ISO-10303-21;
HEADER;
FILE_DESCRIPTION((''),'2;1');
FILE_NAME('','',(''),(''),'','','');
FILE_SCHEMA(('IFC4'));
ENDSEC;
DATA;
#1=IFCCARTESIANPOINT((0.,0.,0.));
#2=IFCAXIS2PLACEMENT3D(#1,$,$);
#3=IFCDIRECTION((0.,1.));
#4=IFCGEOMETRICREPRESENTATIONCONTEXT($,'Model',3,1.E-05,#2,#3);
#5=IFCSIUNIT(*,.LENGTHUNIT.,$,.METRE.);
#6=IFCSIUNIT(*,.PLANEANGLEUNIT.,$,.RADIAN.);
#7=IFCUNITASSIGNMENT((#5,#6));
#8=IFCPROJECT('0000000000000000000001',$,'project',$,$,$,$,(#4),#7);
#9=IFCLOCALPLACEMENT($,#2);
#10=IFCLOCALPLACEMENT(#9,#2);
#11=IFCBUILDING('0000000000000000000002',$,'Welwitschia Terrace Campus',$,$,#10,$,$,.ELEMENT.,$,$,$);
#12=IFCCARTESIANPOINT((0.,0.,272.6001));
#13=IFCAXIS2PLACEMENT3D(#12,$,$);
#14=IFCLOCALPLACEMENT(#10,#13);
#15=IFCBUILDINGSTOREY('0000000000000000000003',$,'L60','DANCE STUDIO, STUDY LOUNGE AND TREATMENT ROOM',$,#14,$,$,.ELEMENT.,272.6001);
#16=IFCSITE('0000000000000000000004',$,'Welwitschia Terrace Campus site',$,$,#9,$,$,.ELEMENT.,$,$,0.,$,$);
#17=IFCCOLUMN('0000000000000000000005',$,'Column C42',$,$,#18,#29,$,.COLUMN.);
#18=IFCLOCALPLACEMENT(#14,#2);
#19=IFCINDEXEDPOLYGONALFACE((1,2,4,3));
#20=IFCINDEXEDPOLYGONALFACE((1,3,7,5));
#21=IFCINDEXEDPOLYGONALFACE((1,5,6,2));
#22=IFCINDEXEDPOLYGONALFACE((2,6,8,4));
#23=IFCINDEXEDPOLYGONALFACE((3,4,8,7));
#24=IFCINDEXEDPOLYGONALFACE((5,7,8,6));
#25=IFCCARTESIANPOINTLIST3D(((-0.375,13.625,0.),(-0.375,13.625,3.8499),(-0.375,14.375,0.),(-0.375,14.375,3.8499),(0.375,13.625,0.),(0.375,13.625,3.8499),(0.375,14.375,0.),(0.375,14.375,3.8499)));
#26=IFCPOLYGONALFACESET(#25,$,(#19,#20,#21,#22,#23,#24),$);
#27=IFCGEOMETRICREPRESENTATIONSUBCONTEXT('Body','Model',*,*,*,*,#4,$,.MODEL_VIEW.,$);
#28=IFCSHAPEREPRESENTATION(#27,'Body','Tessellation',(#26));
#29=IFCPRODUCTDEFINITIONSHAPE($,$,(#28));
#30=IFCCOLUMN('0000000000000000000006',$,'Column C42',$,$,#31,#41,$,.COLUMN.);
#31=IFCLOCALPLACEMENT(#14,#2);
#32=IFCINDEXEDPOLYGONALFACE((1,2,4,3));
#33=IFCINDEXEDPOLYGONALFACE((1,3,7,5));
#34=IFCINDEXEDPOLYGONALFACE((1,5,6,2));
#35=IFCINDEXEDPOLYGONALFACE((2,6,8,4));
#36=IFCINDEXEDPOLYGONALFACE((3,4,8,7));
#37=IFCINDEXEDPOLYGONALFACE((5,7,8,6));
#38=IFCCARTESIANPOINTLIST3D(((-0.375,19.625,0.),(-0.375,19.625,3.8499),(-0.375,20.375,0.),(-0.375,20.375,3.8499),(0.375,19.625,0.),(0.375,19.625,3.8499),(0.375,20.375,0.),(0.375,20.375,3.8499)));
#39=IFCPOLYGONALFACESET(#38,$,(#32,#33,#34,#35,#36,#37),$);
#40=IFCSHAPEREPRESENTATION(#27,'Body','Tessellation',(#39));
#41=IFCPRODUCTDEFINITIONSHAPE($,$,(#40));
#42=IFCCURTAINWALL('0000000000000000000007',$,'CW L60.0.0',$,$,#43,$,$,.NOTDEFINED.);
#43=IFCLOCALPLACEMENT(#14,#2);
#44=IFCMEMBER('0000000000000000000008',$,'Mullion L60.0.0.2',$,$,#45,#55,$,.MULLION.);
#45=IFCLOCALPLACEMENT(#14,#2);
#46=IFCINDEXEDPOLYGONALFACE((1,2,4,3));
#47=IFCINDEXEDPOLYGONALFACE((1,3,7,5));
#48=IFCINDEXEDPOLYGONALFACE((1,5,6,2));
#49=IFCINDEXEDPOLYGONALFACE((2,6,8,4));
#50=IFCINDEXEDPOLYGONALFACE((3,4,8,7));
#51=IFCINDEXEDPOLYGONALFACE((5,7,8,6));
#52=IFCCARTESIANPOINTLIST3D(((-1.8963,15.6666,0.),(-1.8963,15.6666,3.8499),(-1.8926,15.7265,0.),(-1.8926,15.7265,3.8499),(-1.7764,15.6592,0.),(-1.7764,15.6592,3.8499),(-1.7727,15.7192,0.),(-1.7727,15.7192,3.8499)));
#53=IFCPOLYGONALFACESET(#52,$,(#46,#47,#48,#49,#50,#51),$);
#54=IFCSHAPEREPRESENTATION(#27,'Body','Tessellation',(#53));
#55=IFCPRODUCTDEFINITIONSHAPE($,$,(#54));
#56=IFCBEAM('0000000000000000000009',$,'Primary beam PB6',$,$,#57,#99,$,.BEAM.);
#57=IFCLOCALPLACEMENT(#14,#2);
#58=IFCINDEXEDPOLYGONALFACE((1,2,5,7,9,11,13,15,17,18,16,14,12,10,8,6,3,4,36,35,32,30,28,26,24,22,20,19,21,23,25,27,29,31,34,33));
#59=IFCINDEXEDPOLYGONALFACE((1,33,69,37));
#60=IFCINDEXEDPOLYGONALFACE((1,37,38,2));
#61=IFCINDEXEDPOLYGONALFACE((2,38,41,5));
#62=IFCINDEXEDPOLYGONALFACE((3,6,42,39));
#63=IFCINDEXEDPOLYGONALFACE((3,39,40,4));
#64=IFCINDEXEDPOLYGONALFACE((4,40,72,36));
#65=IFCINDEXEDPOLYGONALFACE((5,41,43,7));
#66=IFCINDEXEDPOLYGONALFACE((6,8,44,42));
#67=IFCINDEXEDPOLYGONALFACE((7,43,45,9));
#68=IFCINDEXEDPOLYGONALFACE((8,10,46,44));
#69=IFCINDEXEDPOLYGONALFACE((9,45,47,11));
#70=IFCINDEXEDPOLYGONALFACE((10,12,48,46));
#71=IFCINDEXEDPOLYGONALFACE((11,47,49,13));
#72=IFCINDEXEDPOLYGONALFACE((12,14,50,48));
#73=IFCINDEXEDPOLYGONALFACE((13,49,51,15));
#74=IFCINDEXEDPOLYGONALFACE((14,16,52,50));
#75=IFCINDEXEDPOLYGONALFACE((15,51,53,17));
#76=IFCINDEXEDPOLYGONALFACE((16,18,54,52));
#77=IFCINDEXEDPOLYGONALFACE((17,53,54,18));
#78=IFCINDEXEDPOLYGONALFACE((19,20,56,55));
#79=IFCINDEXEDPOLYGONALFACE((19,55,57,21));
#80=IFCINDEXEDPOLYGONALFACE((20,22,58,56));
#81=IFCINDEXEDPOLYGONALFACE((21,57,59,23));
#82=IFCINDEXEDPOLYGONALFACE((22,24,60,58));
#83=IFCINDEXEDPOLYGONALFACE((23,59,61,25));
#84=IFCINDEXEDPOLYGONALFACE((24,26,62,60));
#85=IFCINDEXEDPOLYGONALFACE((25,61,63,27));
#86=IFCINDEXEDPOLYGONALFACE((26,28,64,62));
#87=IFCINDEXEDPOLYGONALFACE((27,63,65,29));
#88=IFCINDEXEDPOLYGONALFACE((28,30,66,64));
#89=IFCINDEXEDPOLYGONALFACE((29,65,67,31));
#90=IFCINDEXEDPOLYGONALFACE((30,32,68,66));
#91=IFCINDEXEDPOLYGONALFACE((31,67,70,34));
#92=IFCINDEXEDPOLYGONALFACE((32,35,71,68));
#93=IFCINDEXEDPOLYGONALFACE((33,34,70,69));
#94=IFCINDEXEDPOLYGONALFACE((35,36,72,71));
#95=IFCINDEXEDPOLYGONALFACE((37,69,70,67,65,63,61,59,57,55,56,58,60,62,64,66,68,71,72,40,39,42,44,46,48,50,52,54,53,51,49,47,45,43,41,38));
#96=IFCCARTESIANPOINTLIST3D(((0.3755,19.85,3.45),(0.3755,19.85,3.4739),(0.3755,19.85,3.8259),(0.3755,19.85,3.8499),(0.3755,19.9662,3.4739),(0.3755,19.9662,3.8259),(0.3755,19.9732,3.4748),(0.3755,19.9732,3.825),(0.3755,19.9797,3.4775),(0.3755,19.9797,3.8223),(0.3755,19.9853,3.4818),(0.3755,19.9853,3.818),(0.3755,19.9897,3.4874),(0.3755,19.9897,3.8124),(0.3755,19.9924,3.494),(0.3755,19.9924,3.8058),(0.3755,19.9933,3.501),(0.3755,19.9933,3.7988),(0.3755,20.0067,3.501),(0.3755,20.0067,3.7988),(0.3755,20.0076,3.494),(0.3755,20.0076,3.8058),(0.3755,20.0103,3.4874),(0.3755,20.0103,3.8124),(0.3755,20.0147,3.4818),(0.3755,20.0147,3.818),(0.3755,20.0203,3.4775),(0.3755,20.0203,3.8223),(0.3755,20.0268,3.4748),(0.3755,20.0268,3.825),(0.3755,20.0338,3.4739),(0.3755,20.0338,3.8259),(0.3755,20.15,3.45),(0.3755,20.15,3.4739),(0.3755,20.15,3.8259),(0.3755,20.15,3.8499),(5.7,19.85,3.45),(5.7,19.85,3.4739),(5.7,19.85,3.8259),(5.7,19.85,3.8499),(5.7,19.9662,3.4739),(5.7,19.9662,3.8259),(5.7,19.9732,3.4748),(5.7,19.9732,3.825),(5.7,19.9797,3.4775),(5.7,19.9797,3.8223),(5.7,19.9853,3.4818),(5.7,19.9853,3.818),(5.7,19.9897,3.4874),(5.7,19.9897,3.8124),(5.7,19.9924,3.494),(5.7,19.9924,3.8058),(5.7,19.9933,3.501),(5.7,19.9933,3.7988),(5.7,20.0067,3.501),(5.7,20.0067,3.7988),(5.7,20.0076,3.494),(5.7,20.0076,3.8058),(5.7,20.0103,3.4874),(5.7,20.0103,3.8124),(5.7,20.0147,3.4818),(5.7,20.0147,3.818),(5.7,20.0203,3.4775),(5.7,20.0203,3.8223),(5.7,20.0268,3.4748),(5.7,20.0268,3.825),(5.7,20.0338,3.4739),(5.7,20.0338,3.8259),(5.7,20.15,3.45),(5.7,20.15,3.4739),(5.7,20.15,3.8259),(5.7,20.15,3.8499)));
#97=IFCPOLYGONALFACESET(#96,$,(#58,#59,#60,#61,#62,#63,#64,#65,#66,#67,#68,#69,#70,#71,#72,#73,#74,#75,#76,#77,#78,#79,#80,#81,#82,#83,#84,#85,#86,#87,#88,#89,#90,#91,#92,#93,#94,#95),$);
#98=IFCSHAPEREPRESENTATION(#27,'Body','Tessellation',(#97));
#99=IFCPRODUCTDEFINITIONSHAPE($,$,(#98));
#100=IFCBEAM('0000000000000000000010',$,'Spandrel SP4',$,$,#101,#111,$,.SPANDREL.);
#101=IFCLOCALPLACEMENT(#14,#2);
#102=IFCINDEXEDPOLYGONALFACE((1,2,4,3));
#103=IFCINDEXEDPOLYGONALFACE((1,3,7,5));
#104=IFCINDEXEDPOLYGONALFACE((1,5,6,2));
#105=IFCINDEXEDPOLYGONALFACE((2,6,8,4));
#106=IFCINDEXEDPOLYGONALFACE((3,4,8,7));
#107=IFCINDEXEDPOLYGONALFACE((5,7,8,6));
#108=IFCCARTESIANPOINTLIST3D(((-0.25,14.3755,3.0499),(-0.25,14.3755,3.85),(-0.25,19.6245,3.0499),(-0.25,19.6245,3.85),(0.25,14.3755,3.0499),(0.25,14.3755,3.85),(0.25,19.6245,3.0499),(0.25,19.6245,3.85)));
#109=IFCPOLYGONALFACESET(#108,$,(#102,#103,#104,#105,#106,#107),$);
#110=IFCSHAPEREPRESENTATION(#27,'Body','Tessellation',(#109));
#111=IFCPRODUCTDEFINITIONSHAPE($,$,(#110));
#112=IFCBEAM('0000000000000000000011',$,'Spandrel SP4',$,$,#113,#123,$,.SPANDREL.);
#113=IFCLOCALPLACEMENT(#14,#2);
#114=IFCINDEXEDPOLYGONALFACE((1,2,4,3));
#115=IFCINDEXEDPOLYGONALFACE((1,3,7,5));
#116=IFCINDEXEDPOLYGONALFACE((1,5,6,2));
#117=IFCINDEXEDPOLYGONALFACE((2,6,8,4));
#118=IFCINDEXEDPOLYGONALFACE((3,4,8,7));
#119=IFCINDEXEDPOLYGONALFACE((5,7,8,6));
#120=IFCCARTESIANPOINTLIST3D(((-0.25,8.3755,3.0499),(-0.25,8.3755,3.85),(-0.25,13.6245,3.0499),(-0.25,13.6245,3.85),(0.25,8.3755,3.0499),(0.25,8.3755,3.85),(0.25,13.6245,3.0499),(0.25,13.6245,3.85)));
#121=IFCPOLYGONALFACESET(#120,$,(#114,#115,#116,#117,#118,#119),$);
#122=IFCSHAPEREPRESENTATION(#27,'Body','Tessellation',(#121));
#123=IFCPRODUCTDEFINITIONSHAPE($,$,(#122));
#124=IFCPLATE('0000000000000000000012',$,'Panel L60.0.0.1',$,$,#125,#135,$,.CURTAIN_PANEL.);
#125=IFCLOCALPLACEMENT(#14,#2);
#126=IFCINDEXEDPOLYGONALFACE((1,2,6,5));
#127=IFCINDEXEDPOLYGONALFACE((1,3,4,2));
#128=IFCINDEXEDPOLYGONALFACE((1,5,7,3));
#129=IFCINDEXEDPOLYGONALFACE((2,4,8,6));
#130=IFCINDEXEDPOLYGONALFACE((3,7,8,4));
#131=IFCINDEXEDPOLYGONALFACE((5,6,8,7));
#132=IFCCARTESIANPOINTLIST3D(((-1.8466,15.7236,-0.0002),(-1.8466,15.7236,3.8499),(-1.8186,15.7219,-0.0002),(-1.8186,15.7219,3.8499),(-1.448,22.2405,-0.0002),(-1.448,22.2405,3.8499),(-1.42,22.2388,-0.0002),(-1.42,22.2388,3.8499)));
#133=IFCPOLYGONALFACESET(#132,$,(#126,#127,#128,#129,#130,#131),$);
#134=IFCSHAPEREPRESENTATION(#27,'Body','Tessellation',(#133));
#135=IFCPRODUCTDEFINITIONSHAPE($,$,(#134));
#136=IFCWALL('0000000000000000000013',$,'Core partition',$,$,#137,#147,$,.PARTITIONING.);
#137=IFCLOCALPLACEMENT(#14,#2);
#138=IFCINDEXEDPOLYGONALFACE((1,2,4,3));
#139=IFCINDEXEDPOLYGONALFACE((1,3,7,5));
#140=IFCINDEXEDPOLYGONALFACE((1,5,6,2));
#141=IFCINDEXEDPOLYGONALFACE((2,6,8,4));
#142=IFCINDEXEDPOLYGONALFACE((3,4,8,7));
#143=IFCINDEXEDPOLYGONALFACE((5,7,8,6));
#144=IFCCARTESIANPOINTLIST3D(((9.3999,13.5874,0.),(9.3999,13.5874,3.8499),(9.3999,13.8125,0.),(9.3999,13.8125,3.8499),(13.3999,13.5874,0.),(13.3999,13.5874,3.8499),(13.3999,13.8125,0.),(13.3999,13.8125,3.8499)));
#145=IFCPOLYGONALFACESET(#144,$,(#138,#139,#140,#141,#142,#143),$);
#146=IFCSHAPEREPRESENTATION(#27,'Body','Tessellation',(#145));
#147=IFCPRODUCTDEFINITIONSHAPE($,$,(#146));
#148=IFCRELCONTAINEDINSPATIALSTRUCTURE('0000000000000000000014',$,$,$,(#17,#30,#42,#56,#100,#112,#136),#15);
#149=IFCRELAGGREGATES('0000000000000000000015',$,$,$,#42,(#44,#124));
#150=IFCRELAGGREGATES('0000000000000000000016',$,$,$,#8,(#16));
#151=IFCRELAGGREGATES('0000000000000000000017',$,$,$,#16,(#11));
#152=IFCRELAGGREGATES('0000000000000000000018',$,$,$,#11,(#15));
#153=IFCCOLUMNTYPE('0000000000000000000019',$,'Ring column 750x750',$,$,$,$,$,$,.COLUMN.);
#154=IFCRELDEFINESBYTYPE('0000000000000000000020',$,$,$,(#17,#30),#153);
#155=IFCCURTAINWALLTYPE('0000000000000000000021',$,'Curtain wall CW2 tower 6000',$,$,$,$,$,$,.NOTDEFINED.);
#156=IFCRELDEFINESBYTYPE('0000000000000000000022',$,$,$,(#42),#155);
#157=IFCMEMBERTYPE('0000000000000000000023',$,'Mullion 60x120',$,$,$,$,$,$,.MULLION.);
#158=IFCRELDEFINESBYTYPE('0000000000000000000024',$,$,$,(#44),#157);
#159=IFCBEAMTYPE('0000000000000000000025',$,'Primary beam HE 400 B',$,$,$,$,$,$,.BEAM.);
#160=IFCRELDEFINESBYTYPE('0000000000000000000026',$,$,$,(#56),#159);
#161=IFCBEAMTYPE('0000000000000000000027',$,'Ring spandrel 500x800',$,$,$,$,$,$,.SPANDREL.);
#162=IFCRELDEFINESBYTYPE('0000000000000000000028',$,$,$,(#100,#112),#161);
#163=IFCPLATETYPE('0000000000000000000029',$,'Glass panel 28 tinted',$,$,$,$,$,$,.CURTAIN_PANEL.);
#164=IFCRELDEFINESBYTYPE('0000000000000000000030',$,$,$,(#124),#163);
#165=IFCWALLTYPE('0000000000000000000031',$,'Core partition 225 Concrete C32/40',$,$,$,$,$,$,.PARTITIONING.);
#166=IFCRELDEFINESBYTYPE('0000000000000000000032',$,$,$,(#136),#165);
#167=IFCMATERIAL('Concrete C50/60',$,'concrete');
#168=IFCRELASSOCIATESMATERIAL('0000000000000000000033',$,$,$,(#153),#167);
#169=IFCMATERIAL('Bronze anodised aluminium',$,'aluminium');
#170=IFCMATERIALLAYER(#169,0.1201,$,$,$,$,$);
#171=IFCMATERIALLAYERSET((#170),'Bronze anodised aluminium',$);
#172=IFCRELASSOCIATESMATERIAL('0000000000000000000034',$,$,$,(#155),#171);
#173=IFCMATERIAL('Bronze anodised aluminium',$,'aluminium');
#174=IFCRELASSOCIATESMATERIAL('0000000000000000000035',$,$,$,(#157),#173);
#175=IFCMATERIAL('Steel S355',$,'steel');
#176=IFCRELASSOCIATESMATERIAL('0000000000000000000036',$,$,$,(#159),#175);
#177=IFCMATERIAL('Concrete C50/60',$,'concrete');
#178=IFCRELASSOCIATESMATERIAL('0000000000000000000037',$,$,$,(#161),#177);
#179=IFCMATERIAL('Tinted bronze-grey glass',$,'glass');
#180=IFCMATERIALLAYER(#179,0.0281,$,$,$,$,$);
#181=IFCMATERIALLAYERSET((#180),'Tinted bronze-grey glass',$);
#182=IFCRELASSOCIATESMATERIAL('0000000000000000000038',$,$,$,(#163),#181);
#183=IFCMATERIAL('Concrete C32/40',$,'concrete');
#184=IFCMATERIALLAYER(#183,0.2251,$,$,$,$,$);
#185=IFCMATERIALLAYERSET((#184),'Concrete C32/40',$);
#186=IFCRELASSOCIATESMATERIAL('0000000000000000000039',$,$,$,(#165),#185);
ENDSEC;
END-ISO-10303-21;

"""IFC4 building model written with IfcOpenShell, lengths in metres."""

from ifc_helpers import new_model, si_unit, direction, frame, frame_2d, origin, origin_2d, place, context, subcontext, project, spatial, rectangle, i_section, extrude, material, layer, layer_set, material_profile, profile_set, type_object, element, aggregate, save


model = new_model("IFC4")

# Units and contexts
model_context = context("Model", 3, precision=1e-05, world=origin(), true_north=direction((0.0, 1.0)))
body_context = subcontext(model_context, "Body", "Model", "MODEL_VIEW")
ifc_project = project(units=[si_unit("LENGTHUNIT", "METRE"), si_unit("PLANEANGLEUNIT", "RADIAN")], contexts=[model_context])

# Site, building, storey
site_placement = place(None, origin())
site = spatial("IfcSite", under=ifc_project, at=site_placement, Name="Welwitschia Terrace Campus site", CompositionType="ELEMENT", RefElevation=0.0)
building_placement = place(site_placement, origin())
building = spatial("IfcBuilding", under=site, at=building_placement, Name="Welwitschia Terrace Campus", CompositionType="ELEMENT")
storey_placement = place(building_placement, frame((0.0, 0.0, 272.6001)))
storey = spatial("IfcBuildingStorey", under=building, at=storey_placement, Name="L60", Description="DANCE STUDIO, STUDY LOUNGE AND TREATMENT ROOM", CompositionType="ELEMENT", Elevation=272.6001)

# Columns
ifc_material_1 = material(Name="Concrete C50/60", Category="concrete")
ifc_material_profile_1 = material_profile(ifc_material_1, rectangle(XDim=0.75, YDim=0.75, at=origin_2d()))
ifc_profile_set_1 = profile_set([ifc_material_profile_1], Name="Concrete C50/60")
column_type = type_object("IfcColumnType", Name="Ring column 750x750", PredefinedType="COLUMN", material=ifc_profile_set_1)
for number, where, z_axis, x_axis, name in (
    (1, (0.0, 14.0, 0.0), (0.0, 0.0, 1.0), (1.0, 0.0, 0.0), "Column C42"),
    (2, (0.0, 20.0, 0.0), (0.0, 0.0, 1.0), (1.0, 0.0, 0.0), "Column C42"),
):
    element("IfcColumn", number, at=place(storey_placement, frame(where, z_axis=z_axis, x_axis=x_axis)), inside=storey, type_object=column_type, Name=name, PredefinedType="COLUMN", context=body_context, shape_type="SweptSolid", body=[
        extrude(rectangle(XDim=0.75, YDim=0.75, at=origin_2d()), origin(), (0.0, 0.0, 1.0), 3.8499),
    ])

# Curtain wall, member
ifc_material_2 = material(Name="Bronze anodised aluminium", Category="aluminium")
ifc_layer_1 = layer(ifc_material_2, 0.1201)
ifc_layer_set_1 = layer_set([ifc_layer_1], Name="Bronze anodised aluminium")
curtain_wall_type = type_object("IfcCurtainWallType", Name="Curtain wall CW2 tower 6000", PredefinedType="NOTDEFINED", material=ifc_layer_set_1)
curtain_wall_placement = place(storey_placement, origin())
curtain_wall = element("IfcCurtainWall", 3, at=curtain_wall_placement, inside=storey, type_object=curtain_wall_type, Name="CW L60.0.0", PredefinedType="NOTDEFINED")
ifc_material_3 = material(Name="Bronze anodised aluminium", Category="aluminium")
ifc_material_profile_2 = material_profile(ifc_material_3, rectangle(XDim=0.1201, YDim=0.0601, at=origin_2d()))
ifc_profile_set_2 = profile_set([ifc_material_profile_2], Name="Bronze anodised aluminium")
member_type = type_object("IfcMemberType", Name="Mullion 60x120", PredefinedType="MULLION", material=ifc_profile_set_2)
member_placement = place(storey_placement, frame((-1.8345, 15.6929, 0.0), z_axis=(0.0, 0.0, 1.0), x_axis=(0.998135, -0.061049, 0.0)))
member = element("IfcMember", 4, at=member_placement, type_object=member_type, Name="Mullion L60.0.0.2", PredefinedType="MULLION", context=body_context, shape_type="SweptSolid", body=[
    extrude(rectangle(XDim=0.1201, YDim=0.0601, at=origin_2d()), origin(), (0.0, 0.0, 1.0), 3.8499),
])

# Beams
ifc_material_4 = material(Name="Steel S355", Category="steel")
ifc_material_profile_3 = material_profile(ifc_material_4, i_section(OverallWidth=0.3, OverallDepth=0.3999, WebThickness=0.0134, FlangeThickness=0.0239, FilletRadius=0.0271, at=origin_2d()))
ifc_profile_set_3 = profile_set([ifc_material_profile_3], Name="Steel S355")
beam_type_1 = type_object("IfcBeamType", Name="Primary beam HE 400 B", PredefinedType="BEAM", material=ifc_profile_set_3)
beam_placement = place(storey_placement, frame((0.3755, 20.0, 3.6499), z_axis=(1.0, 0.0, 0.0), x_axis=(0.0, 1.0, 0.0)))
element("IfcBeam", 5, at=beam_placement, inside=storey, type_object=beam_type_1, Name="Primary beam PB6", PredefinedType="BEAM", context=body_context, shape_type="SweptSolid", body=[
    extrude(i_section(OverallWidth=0.3, OverallDepth=0.3999, WebThickness=0.0134, FlangeThickness=0.0239, FilletRadius=0.0271, at=origin_2d()), origin(), (0.0, 0.0, 1.0), 5.3245),
])
ifc_material_5 = material(Name="Concrete C50/60", Category="concrete")
ifc_material_profile_4 = material_profile(ifc_material_5, rectangle(XDim=0.5, YDim=0.8, at=origin_2d()))
ifc_profile_set_4 = profile_set([ifc_material_profile_4], Name="Concrete C50/60")
beam_type_2 = type_object("IfcBeamType", Name="Ring spandrel 500x800", PredefinedType="SPANDREL", material=ifc_profile_set_4)
for number, where, z_axis, x_axis, name in (
    (6, (0.0, 19.6245, 3.45), (0.0, -1.0, 0.0), (1.0, 0.0, 0.0), "Spandrel SP4"),
    (7, (0.0, 13.6245, 3.45), (0.0, -1.0, 0.0), (1.0, 0.0, 0.0), "Spandrel SP4"),
):
    element("IfcBeam", number, at=place(storey_placement, frame(where, z_axis=z_axis, x_axis=x_axis)), inside=storey, type_object=beam_type_2, Name=name, PredefinedType="SPANDREL", context=body_context, shape_type="SweptSolid", body=[
        extrude(rectangle(XDim=0.5, YDim=0.8, at=origin_2d()), origin(), (0.0, 0.0, 1.0), 5.249),
    ])

# Plate
ifc_material_6 = material(Name="Tinted bronze-grey glass", Category="glass")
ifc_layer_2 = layer(ifc_material_6, 0.0281)
ifc_layer_set_2 = layer_set([ifc_layer_2], Name="Tinted bronze-grey glass")
plate_type = type_object("IfcPlateType", Name="Glass panel 28 tinted", PredefinedType="CURTAIN_PANEL", material=ifc_layer_set_2)
plate_placement = place(storey_placement, frame((-1.6333, 18.9812, -0.0002), z_axis=(0.0, 0.0, 1.0), x_axis=(-0.061049, -0.998135, 0.0)))
plate = element("IfcPlate", 8, at=plate_placement, type_object=plate_type, Name="Panel L60.0.0.1", PredefinedType="CURTAIN_PANEL", context=body_context, shape_type="SweptSolid", body=[
    extrude(rectangle(XDim=6.5291, YDim=0.0281, at=origin_2d()), origin(), (0.0, 0.0, 1.0), 3.8501),
])
aggregate(curtain_wall, [member, plate])

# Wall
ifc_material_7 = material(Name="Concrete C32/40", Category="concrete")
ifc_layer_3 = layer(ifc_material_7, 0.2251)
ifc_layer_set_3 = layer_set([ifc_layer_3], Name="Concrete C32/40")
wall_type_1 = type_object("IfcWallType", Name="Core partition 225 Concrete C32/40", PredefinedType="PARTITIONING", material=ifc_layer_set_3)
wall_1_placement = place(storey_placement, frame((9.3999, 13.7, 0.0), z_axis=(0.0, 0.0, 1.0), x_axis=(1.0, 0.0, 0.0)))
element("IfcWall", 9, at=wall_1_placement, inside=storey, type_object=wall_type_1, Name="Core partition", PredefinedType="PARTITIONING", context=body_context, shape_type="SweptSolid", body=[
    extrude(rectangle(XDim=4.0, YDim=0.2251, at=frame_2d((2.0, 0.0))), origin(), (0.0, 0.0, 1.0), 3.8499),
])

save(model, "model.ifc")
